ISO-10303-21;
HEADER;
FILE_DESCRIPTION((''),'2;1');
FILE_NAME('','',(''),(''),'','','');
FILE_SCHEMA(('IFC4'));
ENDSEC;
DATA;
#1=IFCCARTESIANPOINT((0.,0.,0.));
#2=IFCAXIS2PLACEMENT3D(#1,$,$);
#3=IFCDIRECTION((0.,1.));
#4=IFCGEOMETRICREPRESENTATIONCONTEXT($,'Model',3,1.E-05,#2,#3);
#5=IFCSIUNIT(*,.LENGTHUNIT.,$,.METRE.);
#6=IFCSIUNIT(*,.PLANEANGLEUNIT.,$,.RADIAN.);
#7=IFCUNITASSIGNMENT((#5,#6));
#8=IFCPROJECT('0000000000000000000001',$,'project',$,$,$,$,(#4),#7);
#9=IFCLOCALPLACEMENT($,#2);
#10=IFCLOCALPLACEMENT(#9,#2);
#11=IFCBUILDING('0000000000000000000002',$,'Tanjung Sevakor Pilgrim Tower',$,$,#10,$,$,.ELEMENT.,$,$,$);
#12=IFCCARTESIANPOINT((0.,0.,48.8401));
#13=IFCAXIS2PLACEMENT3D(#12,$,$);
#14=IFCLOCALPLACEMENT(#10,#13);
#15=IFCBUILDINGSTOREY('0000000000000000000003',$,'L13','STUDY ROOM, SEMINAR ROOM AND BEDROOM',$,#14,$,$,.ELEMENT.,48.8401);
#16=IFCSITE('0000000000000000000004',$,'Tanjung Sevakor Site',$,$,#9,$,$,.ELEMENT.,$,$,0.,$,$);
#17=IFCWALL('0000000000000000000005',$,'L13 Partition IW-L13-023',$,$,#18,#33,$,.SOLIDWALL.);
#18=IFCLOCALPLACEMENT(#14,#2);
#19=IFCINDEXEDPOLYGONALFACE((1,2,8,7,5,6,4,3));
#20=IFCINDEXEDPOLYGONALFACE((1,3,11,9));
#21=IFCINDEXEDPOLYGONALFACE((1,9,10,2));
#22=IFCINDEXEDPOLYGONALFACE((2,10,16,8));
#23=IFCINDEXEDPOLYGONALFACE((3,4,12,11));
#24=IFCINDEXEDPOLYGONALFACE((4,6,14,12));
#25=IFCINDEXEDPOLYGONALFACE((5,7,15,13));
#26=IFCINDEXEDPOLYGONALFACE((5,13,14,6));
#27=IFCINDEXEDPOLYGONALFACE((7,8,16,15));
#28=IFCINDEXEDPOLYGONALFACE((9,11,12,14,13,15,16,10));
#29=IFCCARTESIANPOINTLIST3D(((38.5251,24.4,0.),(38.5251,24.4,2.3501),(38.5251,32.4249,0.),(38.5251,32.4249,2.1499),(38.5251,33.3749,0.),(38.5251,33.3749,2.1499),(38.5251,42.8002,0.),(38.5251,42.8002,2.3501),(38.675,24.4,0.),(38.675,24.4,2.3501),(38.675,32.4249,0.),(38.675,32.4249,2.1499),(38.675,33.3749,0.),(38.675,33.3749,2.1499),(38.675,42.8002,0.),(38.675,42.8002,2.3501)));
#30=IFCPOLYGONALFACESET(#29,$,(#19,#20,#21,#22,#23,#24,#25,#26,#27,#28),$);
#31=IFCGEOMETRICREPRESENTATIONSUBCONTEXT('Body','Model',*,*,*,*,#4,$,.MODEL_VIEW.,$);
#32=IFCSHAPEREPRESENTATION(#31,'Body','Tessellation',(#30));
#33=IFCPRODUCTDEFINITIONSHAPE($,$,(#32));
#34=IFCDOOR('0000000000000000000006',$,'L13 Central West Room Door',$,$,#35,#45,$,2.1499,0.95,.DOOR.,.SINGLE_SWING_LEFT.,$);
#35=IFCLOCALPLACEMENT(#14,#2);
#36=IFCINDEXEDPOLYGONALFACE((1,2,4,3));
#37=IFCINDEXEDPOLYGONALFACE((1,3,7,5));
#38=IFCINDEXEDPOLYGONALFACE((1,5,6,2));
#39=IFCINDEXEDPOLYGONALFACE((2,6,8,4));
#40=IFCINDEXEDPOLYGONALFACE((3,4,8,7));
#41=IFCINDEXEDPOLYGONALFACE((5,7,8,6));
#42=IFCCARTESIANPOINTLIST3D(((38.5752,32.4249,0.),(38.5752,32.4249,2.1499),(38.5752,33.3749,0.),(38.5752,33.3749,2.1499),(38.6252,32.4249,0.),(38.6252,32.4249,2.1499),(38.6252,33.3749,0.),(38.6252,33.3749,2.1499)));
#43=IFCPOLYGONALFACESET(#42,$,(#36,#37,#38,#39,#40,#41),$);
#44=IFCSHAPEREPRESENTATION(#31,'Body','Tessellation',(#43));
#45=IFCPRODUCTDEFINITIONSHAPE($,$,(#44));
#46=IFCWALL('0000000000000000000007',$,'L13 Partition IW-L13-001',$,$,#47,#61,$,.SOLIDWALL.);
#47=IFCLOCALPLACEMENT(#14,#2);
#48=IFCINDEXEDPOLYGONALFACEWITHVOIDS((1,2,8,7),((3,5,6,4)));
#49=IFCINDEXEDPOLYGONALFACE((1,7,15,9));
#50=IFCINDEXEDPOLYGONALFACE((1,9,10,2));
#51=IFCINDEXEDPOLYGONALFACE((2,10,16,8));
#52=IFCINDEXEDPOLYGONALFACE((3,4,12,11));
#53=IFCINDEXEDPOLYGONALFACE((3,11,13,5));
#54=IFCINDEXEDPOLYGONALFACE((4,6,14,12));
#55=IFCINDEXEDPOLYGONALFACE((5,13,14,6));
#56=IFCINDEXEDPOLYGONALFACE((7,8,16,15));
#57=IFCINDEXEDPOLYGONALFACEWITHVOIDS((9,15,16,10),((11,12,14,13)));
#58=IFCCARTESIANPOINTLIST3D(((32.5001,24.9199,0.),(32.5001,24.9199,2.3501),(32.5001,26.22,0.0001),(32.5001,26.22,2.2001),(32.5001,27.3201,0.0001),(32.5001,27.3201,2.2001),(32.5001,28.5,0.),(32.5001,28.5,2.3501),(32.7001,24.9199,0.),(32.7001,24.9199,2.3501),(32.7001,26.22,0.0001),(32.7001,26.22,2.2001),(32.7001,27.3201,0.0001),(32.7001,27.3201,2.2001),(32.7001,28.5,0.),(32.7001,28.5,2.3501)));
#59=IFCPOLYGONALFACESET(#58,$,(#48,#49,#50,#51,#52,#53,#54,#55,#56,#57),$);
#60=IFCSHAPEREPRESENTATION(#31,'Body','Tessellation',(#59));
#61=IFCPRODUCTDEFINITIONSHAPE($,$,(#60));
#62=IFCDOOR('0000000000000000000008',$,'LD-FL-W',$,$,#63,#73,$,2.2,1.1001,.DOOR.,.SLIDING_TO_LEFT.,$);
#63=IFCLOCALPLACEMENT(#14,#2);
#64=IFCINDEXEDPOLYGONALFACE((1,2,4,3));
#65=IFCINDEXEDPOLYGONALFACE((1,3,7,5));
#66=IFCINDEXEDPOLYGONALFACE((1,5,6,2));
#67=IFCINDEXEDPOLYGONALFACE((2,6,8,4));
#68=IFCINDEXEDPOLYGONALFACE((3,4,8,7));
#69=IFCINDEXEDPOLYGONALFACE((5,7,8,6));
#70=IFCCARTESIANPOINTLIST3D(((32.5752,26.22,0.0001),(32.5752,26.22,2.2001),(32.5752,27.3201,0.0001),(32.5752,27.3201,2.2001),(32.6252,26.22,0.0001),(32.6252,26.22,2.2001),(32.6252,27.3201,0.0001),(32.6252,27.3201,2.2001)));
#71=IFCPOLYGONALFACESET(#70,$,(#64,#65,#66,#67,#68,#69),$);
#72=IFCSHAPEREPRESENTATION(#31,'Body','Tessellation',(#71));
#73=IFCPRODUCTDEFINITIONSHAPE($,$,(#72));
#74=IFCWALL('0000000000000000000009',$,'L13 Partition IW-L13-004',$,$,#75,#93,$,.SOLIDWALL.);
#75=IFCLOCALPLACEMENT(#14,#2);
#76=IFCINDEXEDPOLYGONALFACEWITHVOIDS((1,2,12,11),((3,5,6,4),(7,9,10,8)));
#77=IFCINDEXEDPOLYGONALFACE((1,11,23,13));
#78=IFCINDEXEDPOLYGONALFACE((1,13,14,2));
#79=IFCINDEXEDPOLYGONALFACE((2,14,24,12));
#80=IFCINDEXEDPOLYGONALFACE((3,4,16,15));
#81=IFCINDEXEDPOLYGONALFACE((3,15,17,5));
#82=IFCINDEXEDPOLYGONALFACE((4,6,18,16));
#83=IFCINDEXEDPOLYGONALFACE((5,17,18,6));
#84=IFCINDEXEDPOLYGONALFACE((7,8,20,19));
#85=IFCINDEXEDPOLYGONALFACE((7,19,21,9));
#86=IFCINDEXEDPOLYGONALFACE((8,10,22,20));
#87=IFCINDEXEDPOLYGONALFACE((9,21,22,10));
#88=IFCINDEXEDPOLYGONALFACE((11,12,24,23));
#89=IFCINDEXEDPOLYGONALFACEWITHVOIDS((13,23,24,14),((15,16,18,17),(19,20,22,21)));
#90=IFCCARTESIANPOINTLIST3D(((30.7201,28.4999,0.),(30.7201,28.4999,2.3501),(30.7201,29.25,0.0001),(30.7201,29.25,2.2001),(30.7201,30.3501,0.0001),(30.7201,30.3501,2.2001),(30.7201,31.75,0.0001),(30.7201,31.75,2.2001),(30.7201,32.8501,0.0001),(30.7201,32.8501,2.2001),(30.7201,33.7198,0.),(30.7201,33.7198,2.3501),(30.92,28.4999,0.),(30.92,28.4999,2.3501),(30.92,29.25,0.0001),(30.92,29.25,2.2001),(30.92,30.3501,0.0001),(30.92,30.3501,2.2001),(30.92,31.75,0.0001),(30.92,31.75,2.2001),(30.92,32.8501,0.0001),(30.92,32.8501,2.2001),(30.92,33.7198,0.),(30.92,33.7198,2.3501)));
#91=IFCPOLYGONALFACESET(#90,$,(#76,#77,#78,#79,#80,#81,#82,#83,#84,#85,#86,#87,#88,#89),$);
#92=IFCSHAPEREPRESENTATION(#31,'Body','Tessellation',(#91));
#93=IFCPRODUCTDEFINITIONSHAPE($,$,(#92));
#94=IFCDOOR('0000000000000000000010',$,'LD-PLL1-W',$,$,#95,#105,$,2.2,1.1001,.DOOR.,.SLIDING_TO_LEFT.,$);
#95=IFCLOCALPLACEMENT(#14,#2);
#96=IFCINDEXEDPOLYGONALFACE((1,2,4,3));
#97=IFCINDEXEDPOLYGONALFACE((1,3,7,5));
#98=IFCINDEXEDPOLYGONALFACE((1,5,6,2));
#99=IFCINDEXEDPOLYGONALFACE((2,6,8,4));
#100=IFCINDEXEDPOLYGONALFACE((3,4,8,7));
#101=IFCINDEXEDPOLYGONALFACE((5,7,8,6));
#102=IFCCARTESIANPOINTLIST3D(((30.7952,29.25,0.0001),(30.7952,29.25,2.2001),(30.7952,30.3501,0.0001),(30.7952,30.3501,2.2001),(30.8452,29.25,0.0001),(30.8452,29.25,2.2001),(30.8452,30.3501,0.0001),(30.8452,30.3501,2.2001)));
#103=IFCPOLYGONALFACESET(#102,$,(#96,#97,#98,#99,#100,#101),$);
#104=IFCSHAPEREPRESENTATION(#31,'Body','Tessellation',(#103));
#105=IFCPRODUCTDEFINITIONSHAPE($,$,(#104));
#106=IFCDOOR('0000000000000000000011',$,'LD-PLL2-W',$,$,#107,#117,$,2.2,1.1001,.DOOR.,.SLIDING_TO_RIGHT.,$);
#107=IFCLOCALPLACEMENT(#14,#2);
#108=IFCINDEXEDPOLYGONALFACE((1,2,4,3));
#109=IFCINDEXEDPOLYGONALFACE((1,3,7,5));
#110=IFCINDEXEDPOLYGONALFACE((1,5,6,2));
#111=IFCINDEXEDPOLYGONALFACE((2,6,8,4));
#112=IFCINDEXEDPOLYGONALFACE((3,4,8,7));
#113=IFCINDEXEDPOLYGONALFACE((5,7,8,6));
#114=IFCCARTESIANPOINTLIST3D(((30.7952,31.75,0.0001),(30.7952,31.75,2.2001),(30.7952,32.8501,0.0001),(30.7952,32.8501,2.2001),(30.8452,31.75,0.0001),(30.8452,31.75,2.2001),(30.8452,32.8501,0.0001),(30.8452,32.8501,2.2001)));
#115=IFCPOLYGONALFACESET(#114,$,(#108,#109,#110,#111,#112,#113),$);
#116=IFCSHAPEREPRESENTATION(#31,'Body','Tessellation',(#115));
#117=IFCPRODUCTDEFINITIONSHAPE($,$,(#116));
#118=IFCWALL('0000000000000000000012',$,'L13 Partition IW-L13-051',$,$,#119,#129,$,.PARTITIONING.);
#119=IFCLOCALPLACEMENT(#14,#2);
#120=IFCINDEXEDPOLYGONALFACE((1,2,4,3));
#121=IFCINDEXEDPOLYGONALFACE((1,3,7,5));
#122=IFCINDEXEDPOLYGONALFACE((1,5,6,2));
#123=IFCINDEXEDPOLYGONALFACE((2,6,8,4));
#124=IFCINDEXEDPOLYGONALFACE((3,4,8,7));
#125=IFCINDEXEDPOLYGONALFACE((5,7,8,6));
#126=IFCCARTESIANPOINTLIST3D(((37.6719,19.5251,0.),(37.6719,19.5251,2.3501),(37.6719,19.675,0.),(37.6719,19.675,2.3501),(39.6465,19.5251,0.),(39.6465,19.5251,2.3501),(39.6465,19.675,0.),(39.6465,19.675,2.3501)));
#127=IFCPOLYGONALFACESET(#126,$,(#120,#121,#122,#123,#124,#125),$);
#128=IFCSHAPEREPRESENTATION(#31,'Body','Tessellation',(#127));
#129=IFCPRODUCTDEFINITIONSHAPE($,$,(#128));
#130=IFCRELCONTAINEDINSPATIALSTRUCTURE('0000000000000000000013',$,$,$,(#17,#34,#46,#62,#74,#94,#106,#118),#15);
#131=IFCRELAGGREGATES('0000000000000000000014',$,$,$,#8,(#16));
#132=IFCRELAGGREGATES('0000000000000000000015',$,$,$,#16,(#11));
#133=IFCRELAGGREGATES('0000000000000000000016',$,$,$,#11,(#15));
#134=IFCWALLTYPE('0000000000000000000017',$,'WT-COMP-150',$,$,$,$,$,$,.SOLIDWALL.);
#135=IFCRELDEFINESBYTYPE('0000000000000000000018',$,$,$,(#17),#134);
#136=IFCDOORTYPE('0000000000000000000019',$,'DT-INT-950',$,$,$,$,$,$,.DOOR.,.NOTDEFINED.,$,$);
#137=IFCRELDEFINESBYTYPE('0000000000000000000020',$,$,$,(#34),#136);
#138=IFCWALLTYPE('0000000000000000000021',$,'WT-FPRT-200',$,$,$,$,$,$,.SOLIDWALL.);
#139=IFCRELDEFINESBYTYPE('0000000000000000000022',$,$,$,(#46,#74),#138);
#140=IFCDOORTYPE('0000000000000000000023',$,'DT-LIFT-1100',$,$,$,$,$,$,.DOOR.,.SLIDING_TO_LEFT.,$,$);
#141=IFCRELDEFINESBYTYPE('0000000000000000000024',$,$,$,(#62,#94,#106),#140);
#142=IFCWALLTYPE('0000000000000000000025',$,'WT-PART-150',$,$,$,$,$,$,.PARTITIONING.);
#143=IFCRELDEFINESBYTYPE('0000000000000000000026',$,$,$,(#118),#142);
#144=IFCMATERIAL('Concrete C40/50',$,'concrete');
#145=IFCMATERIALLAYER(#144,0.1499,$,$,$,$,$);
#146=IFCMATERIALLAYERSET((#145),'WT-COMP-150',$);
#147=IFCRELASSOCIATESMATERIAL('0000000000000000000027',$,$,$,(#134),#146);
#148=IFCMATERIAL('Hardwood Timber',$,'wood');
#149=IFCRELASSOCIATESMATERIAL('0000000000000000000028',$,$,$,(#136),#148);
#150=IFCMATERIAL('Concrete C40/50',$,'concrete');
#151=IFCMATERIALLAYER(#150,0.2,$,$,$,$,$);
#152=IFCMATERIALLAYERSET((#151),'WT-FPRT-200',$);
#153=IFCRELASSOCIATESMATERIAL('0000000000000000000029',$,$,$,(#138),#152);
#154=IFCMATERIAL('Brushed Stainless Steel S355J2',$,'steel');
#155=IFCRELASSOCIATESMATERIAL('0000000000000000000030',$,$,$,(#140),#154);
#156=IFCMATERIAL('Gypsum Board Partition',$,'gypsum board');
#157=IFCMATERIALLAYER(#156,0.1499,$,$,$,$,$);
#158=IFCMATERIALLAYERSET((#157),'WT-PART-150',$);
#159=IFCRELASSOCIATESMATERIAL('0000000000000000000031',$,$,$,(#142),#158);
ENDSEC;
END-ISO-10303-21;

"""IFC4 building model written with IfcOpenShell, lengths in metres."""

from ifc_helpers import new_model, si_unit, direction, frame, frame_2d, origin, place, context, subcontext, project, spatial, rectangle, extrude, material, layer, layer_set, type_object, element, fill, save


model = new_model("IFC4")

# Units and contexts
model_context = context("Model", 3, precision=1e-05, world=origin(), true_north=direction((0.0, 1.0)))
body_context = subcontext(model_context, "Body", "Model", "MODEL_VIEW")
ifc_project = project(units=[si_unit("LENGTHUNIT", "METRE"), si_unit("PLANEANGLEUNIT", "RADIAN")], contexts=[model_context])

# Site, building, storey
site_placement = place(None, origin())
site = spatial("IfcSite", under=ifc_project, at=site_placement, Name="Tanjung Sevakor Site", CompositionType="ELEMENT", RefElevation=0.0)
building_placement = place(site_placement, origin())
building = spatial("IfcBuilding", under=site, at=building_placement, Name="Tanjung Sevakor Pilgrim Tower", CompositionType="ELEMENT")
storey_placement = place(building_placement, frame((0.0, 0.0, 48.8401)))
storey = spatial("IfcBuildingStorey", under=building, at=storey_placement, Name="L13", Description="STUDY ROOM, SEMINAR ROOM AND BEDROOM", CompositionType="ELEMENT", Elevation=48.8401)

# Shared definitions
ifc_material_1 = material(Name="Concrete C40/50", Category="concrete")
ifc_layer_1 = layer(ifc_material_1, 0.1499)
ifc_layer_set_1 = layer_set([ifc_layer_1], Name="WT-COMP-150")
wall_type_1 = type_object("IfcWallType", Name="WT-COMP-150", PredefinedType="SOLIDWALL", material=ifc_layer_set_1)

# Walls, openings, doors
wall_1_placement = place(storey_placement, frame((38.6001, 24.3999, 0.0), z_axis=(0.0, 0.0, 1.0), x_axis=(0.0, 1.0, 0.0)))
wall_1 = element("IfcWall", 1, at=wall_1_placement, inside=storey, type_object=wall_type_1, Name="L13 Partition IW-L13-023", PredefinedType="SOLIDWALL", context=body_context, shape_type="SweptSolid", body=[
    extrude(rectangle(XDim=18.4001, YDim=0.1499, at=frame_2d((9.2002, 0.0))), origin(), (0.0, 0.0, 1.0), 2.3501),
])
opening_1_placement = place(wall_1_placement, frame((8.0249, 0.0, 0.0)))
opening_1 = element("IfcOpeningElement", 2, at=opening_1_placement, cuts=wall_1, PredefinedType="OPENING", context=body_context, shape_type="SweptSolid", body=[
    extrude(rectangle(XDim=0.95, YDim=2.1499, at=frame_2d((0.4751, 1.075))), frame((0.0, 0.085, 0.0), z_axis=(0.0, -1.0, 0.0), x_axis=(1.0, 0.0, 0.0)), (0.0, 0.0, 1.0), 0.1699),
])
ifc_material_2 = material(Name="Hardwood Timber", Category="wood")
door_type_1 = type_object("IfcDoorType", Name="DT-INT-950", OperationType="NOTDEFINED", PredefinedType="DOOR", material=ifc_material_2)
door_1_placement = place(opening_1_placement, origin())
door_1 = element("IfcDoor", 3, at=door_1_placement, inside=storey, type_object=door_type_1, Name="L13 Central West Room Door", OperationType="SINGLE_SWING_LEFT", OverallHeight=2.1499, OverallWidth=0.95, PredefinedType="DOOR", context=body_context, shape_type="SweptSolid", body=[
    extrude(rectangle(XDim=0.95, YDim=2.1499, at=frame_2d((0.4751, 1.075))), frame((0.0, 0.0249, 0.0), z_axis=(0.0, -1.0, 0.0), x_axis=(1.0, 0.0, 0.0)), (0.0, 0.0, 1.0), 0.05),
])
fill(opening_1, door_1)
ifc_material_3 = material(Name="Concrete C40/50", Category="concrete")
ifc_layer_2 = layer(ifc_material_3, 0.2)
ifc_layer_set_2 = layer_set([ifc_layer_2], Name="WT-FPRT-200")
wall_type_2 = type_object("IfcWallType", Name="WT-FPRT-200", PredefinedType="SOLIDWALL", material=ifc_layer_set_2)
wall_2_placement = place(storey_placement, frame((32.6001, 24.9199, 0.0), z_axis=(0.0, 0.0, 1.0), x_axis=(0.0, 1.0, 0.0)))
wall_2 = element("IfcWall", 4, at=wall_2_placement, inside=storey, type_object=wall_type_2, Name="L13 Partition IW-L13-001", PredefinedType="SOLIDWALL", context=body_context, shape_type="SweptSolid", body=[
    extrude(rectangle(XDim=3.5801, YDim=0.2, at=frame_2d((1.79, 0.0))), origin(), (0.0, 0.0, 1.0), 2.3501),
])
opening_2_placement = place(wall_2_placement, frame((1.3, 0.0, 0.0)))
opening_2 = element("IfcOpeningElement", 5, at=opening_2_placement, cuts=wall_2, PredefinedType="OPENING", context=body_context, shape_type="SweptSolid", body=[
    extrude(rectangle(XDim=1.1001, YDim=2.2, at=frame_2d((0.55, 1.1001))), frame((0.0, 0.1099, 0.0), z_axis=(0.0, -1.0, 0.0), x_axis=(1.0, 0.0, 0.0)), (0.0, 0.0, 1.0), 0.22),
])
ifc_material_4 = material(Name="Brushed Stainless Steel S355J2", Category="steel")
door_type_2 = type_object("IfcDoorType", Name="DT-LIFT-1100", OperationType="SLIDING_TO_LEFT", PredefinedType="DOOR", material=ifc_material_4)
door_2_placement = place(opening_2_placement, origin())
door_2 = element("IfcDoor", 6, at=door_2_placement, inside=storey, type_object=door_type_2, Name="LD-FL-W", OperationType="SLIDING_TO_LEFT", OverallHeight=2.2, OverallWidth=1.1001, PredefinedType="DOOR", context=body_context, shape_type="SweptSolid", body=[
    extrude(rectangle(XDim=1.1001, YDim=2.2, at=frame_2d((0.55, 1.1001))), frame((0.0, 0.0249, 0.0), z_axis=(0.0, -1.0, 0.0), x_axis=(1.0, 0.0, 0.0)), (0.0, 0.0, 1.0), 0.05),
])
fill(opening_2, door_2)

# Wall, openings, doors
wall_3_placement = place(storey_placement, frame((30.8201, 28.5, 0.0), z_axis=(0.0, 0.0, 1.0), x_axis=(0.0, 1.0, 0.0)))
wall_3 = element("IfcWall", 7, at=wall_3_placement, inside=storey, type_object=wall_type_2, Name="L13 Partition IW-L13-004", PredefinedType="SOLIDWALL", context=body_context, shape_type="SweptSolid", body=[
    extrude(rectangle(XDim=5.22, YDim=0.2, at=frame_2d((2.6099, 0.0))), origin(), (0.0, 0.0, 1.0), 2.3501),
])
opening_3_placement = place(wall_3_placement, frame((0.75, 0.0, 0.0)))
opening_3 = element("IfcOpeningElement", 8, at=opening_3_placement, cuts=wall_3, PredefinedType="OPENING", context=body_context, shape_type="SweptSolid", body=[
    extrude(rectangle(XDim=1.1001, YDim=2.2, at=frame_2d((0.55, 1.1001))), frame((0.0, 0.1099, 0.0), z_axis=(0.0, -1.0, 0.0), x_axis=(1.0, 0.0, 0.0)), (0.0, 0.0, 1.0), 0.22),
])
opening_4_placement = place(wall_3_placement, frame((3.25, 0.0, 0.0)))
opening_4 = element("IfcOpeningElement", 9, at=opening_4_placement, cuts=wall_3, PredefinedType="OPENING", context=body_context, shape_type="SweptSolid", body=[
    extrude(rectangle(XDim=1.1001, YDim=2.2, at=frame_2d((0.55, 1.1001))), frame((0.0, 0.1099, 0.0), z_axis=(0.0, -1.0, 0.0), x_axis=(1.0, 0.0, 0.0)), (0.0, 0.0, 1.0), 0.22),
])
door_3_placement = place(opening_3_placement, origin())
door_3 = element("IfcDoor", 10, at=door_3_placement, inside=storey, type_object=door_type_2, Name="LD-PLL1-W", OperationType="SLIDING_TO_LEFT", OverallHeight=2.2, OverallWidth=1.1001, PredefinedType="DOOR", context=body_context, shape_type="SweptSolid", body=[
    extrude(rectangle(XDim=1.1001, YDim=2.2, at=frame_2d((0.55, 1.1001))), frame((0.0, 0.0249, 0.0), z_axis=(0.0, -1.0, 0.0), x_axis=(1.0, 0.0, 0.0)), (0.0, 0.0, 1.0), 0.05),
])
fill(opening_3, door_3)
door_4_placement = place(opening_4_placement, origin())
door_4 = element("IfcDoor", 11, at=door_4_placement, inside=storey, type_object=door_type_2, Name="LD-PLL2-W", OperationType="SLIDING_TO_RIGHT", OverallHeight=2.2, OverallWidth=1.1001, PredefinedType="DOOR", context=body_context, shape_type="SweptSolid", body=[
    extrude(rectangle(XDim=1.1001, YDim=2.2, at=frame_2d((0.55, 1.1001))), frame((0.0, 0.0249, 0.0), z_axis=(0.0, -1.0, 0.0), x_axis=(1.0, 0.0, 0.0)), (0.0, 0.0, 1.0), 0.05),
])
fill(opening_4, door_4)

# Wall
ifc_material_5 = material(Name="Gypsum Board Partition", Category="gypsum board")
ifc_layer_3 = layer(ifc_material_5, 0.1499)
ifc_layer_set_3 = layer_set([ifc_layer_3], Name="WT-PART-150")
wall_type_3 = type_object("IfcWallType", Name="WT-PART-150", PredefinedType="PARTITIONING", material=ifc_layer_set_3)
wall_4_placement = place(storey_placement, frame((37.6719, 19.6001, 0.0), z_axis=(0.0, 0.0, 1.0), x_axis=(1.0, 0.0, 0.0)))
element("IfcWall", 12, at=wall_4_placement, inside=storey, type_object=wall_type_3, Name="L13 Partition IW-L13-051", PredefinedType="PARTITIONING", context=body_context, shape_type="SweptSolid", body=[
    extrude(rectangle(XDim=1.9746, YDim=0.1499, at=frame_2d((0.9873, 0.0))), origin(), (0.0, 0.0, 1.0), 2.3501),
])

save(model, "model.ifc")
